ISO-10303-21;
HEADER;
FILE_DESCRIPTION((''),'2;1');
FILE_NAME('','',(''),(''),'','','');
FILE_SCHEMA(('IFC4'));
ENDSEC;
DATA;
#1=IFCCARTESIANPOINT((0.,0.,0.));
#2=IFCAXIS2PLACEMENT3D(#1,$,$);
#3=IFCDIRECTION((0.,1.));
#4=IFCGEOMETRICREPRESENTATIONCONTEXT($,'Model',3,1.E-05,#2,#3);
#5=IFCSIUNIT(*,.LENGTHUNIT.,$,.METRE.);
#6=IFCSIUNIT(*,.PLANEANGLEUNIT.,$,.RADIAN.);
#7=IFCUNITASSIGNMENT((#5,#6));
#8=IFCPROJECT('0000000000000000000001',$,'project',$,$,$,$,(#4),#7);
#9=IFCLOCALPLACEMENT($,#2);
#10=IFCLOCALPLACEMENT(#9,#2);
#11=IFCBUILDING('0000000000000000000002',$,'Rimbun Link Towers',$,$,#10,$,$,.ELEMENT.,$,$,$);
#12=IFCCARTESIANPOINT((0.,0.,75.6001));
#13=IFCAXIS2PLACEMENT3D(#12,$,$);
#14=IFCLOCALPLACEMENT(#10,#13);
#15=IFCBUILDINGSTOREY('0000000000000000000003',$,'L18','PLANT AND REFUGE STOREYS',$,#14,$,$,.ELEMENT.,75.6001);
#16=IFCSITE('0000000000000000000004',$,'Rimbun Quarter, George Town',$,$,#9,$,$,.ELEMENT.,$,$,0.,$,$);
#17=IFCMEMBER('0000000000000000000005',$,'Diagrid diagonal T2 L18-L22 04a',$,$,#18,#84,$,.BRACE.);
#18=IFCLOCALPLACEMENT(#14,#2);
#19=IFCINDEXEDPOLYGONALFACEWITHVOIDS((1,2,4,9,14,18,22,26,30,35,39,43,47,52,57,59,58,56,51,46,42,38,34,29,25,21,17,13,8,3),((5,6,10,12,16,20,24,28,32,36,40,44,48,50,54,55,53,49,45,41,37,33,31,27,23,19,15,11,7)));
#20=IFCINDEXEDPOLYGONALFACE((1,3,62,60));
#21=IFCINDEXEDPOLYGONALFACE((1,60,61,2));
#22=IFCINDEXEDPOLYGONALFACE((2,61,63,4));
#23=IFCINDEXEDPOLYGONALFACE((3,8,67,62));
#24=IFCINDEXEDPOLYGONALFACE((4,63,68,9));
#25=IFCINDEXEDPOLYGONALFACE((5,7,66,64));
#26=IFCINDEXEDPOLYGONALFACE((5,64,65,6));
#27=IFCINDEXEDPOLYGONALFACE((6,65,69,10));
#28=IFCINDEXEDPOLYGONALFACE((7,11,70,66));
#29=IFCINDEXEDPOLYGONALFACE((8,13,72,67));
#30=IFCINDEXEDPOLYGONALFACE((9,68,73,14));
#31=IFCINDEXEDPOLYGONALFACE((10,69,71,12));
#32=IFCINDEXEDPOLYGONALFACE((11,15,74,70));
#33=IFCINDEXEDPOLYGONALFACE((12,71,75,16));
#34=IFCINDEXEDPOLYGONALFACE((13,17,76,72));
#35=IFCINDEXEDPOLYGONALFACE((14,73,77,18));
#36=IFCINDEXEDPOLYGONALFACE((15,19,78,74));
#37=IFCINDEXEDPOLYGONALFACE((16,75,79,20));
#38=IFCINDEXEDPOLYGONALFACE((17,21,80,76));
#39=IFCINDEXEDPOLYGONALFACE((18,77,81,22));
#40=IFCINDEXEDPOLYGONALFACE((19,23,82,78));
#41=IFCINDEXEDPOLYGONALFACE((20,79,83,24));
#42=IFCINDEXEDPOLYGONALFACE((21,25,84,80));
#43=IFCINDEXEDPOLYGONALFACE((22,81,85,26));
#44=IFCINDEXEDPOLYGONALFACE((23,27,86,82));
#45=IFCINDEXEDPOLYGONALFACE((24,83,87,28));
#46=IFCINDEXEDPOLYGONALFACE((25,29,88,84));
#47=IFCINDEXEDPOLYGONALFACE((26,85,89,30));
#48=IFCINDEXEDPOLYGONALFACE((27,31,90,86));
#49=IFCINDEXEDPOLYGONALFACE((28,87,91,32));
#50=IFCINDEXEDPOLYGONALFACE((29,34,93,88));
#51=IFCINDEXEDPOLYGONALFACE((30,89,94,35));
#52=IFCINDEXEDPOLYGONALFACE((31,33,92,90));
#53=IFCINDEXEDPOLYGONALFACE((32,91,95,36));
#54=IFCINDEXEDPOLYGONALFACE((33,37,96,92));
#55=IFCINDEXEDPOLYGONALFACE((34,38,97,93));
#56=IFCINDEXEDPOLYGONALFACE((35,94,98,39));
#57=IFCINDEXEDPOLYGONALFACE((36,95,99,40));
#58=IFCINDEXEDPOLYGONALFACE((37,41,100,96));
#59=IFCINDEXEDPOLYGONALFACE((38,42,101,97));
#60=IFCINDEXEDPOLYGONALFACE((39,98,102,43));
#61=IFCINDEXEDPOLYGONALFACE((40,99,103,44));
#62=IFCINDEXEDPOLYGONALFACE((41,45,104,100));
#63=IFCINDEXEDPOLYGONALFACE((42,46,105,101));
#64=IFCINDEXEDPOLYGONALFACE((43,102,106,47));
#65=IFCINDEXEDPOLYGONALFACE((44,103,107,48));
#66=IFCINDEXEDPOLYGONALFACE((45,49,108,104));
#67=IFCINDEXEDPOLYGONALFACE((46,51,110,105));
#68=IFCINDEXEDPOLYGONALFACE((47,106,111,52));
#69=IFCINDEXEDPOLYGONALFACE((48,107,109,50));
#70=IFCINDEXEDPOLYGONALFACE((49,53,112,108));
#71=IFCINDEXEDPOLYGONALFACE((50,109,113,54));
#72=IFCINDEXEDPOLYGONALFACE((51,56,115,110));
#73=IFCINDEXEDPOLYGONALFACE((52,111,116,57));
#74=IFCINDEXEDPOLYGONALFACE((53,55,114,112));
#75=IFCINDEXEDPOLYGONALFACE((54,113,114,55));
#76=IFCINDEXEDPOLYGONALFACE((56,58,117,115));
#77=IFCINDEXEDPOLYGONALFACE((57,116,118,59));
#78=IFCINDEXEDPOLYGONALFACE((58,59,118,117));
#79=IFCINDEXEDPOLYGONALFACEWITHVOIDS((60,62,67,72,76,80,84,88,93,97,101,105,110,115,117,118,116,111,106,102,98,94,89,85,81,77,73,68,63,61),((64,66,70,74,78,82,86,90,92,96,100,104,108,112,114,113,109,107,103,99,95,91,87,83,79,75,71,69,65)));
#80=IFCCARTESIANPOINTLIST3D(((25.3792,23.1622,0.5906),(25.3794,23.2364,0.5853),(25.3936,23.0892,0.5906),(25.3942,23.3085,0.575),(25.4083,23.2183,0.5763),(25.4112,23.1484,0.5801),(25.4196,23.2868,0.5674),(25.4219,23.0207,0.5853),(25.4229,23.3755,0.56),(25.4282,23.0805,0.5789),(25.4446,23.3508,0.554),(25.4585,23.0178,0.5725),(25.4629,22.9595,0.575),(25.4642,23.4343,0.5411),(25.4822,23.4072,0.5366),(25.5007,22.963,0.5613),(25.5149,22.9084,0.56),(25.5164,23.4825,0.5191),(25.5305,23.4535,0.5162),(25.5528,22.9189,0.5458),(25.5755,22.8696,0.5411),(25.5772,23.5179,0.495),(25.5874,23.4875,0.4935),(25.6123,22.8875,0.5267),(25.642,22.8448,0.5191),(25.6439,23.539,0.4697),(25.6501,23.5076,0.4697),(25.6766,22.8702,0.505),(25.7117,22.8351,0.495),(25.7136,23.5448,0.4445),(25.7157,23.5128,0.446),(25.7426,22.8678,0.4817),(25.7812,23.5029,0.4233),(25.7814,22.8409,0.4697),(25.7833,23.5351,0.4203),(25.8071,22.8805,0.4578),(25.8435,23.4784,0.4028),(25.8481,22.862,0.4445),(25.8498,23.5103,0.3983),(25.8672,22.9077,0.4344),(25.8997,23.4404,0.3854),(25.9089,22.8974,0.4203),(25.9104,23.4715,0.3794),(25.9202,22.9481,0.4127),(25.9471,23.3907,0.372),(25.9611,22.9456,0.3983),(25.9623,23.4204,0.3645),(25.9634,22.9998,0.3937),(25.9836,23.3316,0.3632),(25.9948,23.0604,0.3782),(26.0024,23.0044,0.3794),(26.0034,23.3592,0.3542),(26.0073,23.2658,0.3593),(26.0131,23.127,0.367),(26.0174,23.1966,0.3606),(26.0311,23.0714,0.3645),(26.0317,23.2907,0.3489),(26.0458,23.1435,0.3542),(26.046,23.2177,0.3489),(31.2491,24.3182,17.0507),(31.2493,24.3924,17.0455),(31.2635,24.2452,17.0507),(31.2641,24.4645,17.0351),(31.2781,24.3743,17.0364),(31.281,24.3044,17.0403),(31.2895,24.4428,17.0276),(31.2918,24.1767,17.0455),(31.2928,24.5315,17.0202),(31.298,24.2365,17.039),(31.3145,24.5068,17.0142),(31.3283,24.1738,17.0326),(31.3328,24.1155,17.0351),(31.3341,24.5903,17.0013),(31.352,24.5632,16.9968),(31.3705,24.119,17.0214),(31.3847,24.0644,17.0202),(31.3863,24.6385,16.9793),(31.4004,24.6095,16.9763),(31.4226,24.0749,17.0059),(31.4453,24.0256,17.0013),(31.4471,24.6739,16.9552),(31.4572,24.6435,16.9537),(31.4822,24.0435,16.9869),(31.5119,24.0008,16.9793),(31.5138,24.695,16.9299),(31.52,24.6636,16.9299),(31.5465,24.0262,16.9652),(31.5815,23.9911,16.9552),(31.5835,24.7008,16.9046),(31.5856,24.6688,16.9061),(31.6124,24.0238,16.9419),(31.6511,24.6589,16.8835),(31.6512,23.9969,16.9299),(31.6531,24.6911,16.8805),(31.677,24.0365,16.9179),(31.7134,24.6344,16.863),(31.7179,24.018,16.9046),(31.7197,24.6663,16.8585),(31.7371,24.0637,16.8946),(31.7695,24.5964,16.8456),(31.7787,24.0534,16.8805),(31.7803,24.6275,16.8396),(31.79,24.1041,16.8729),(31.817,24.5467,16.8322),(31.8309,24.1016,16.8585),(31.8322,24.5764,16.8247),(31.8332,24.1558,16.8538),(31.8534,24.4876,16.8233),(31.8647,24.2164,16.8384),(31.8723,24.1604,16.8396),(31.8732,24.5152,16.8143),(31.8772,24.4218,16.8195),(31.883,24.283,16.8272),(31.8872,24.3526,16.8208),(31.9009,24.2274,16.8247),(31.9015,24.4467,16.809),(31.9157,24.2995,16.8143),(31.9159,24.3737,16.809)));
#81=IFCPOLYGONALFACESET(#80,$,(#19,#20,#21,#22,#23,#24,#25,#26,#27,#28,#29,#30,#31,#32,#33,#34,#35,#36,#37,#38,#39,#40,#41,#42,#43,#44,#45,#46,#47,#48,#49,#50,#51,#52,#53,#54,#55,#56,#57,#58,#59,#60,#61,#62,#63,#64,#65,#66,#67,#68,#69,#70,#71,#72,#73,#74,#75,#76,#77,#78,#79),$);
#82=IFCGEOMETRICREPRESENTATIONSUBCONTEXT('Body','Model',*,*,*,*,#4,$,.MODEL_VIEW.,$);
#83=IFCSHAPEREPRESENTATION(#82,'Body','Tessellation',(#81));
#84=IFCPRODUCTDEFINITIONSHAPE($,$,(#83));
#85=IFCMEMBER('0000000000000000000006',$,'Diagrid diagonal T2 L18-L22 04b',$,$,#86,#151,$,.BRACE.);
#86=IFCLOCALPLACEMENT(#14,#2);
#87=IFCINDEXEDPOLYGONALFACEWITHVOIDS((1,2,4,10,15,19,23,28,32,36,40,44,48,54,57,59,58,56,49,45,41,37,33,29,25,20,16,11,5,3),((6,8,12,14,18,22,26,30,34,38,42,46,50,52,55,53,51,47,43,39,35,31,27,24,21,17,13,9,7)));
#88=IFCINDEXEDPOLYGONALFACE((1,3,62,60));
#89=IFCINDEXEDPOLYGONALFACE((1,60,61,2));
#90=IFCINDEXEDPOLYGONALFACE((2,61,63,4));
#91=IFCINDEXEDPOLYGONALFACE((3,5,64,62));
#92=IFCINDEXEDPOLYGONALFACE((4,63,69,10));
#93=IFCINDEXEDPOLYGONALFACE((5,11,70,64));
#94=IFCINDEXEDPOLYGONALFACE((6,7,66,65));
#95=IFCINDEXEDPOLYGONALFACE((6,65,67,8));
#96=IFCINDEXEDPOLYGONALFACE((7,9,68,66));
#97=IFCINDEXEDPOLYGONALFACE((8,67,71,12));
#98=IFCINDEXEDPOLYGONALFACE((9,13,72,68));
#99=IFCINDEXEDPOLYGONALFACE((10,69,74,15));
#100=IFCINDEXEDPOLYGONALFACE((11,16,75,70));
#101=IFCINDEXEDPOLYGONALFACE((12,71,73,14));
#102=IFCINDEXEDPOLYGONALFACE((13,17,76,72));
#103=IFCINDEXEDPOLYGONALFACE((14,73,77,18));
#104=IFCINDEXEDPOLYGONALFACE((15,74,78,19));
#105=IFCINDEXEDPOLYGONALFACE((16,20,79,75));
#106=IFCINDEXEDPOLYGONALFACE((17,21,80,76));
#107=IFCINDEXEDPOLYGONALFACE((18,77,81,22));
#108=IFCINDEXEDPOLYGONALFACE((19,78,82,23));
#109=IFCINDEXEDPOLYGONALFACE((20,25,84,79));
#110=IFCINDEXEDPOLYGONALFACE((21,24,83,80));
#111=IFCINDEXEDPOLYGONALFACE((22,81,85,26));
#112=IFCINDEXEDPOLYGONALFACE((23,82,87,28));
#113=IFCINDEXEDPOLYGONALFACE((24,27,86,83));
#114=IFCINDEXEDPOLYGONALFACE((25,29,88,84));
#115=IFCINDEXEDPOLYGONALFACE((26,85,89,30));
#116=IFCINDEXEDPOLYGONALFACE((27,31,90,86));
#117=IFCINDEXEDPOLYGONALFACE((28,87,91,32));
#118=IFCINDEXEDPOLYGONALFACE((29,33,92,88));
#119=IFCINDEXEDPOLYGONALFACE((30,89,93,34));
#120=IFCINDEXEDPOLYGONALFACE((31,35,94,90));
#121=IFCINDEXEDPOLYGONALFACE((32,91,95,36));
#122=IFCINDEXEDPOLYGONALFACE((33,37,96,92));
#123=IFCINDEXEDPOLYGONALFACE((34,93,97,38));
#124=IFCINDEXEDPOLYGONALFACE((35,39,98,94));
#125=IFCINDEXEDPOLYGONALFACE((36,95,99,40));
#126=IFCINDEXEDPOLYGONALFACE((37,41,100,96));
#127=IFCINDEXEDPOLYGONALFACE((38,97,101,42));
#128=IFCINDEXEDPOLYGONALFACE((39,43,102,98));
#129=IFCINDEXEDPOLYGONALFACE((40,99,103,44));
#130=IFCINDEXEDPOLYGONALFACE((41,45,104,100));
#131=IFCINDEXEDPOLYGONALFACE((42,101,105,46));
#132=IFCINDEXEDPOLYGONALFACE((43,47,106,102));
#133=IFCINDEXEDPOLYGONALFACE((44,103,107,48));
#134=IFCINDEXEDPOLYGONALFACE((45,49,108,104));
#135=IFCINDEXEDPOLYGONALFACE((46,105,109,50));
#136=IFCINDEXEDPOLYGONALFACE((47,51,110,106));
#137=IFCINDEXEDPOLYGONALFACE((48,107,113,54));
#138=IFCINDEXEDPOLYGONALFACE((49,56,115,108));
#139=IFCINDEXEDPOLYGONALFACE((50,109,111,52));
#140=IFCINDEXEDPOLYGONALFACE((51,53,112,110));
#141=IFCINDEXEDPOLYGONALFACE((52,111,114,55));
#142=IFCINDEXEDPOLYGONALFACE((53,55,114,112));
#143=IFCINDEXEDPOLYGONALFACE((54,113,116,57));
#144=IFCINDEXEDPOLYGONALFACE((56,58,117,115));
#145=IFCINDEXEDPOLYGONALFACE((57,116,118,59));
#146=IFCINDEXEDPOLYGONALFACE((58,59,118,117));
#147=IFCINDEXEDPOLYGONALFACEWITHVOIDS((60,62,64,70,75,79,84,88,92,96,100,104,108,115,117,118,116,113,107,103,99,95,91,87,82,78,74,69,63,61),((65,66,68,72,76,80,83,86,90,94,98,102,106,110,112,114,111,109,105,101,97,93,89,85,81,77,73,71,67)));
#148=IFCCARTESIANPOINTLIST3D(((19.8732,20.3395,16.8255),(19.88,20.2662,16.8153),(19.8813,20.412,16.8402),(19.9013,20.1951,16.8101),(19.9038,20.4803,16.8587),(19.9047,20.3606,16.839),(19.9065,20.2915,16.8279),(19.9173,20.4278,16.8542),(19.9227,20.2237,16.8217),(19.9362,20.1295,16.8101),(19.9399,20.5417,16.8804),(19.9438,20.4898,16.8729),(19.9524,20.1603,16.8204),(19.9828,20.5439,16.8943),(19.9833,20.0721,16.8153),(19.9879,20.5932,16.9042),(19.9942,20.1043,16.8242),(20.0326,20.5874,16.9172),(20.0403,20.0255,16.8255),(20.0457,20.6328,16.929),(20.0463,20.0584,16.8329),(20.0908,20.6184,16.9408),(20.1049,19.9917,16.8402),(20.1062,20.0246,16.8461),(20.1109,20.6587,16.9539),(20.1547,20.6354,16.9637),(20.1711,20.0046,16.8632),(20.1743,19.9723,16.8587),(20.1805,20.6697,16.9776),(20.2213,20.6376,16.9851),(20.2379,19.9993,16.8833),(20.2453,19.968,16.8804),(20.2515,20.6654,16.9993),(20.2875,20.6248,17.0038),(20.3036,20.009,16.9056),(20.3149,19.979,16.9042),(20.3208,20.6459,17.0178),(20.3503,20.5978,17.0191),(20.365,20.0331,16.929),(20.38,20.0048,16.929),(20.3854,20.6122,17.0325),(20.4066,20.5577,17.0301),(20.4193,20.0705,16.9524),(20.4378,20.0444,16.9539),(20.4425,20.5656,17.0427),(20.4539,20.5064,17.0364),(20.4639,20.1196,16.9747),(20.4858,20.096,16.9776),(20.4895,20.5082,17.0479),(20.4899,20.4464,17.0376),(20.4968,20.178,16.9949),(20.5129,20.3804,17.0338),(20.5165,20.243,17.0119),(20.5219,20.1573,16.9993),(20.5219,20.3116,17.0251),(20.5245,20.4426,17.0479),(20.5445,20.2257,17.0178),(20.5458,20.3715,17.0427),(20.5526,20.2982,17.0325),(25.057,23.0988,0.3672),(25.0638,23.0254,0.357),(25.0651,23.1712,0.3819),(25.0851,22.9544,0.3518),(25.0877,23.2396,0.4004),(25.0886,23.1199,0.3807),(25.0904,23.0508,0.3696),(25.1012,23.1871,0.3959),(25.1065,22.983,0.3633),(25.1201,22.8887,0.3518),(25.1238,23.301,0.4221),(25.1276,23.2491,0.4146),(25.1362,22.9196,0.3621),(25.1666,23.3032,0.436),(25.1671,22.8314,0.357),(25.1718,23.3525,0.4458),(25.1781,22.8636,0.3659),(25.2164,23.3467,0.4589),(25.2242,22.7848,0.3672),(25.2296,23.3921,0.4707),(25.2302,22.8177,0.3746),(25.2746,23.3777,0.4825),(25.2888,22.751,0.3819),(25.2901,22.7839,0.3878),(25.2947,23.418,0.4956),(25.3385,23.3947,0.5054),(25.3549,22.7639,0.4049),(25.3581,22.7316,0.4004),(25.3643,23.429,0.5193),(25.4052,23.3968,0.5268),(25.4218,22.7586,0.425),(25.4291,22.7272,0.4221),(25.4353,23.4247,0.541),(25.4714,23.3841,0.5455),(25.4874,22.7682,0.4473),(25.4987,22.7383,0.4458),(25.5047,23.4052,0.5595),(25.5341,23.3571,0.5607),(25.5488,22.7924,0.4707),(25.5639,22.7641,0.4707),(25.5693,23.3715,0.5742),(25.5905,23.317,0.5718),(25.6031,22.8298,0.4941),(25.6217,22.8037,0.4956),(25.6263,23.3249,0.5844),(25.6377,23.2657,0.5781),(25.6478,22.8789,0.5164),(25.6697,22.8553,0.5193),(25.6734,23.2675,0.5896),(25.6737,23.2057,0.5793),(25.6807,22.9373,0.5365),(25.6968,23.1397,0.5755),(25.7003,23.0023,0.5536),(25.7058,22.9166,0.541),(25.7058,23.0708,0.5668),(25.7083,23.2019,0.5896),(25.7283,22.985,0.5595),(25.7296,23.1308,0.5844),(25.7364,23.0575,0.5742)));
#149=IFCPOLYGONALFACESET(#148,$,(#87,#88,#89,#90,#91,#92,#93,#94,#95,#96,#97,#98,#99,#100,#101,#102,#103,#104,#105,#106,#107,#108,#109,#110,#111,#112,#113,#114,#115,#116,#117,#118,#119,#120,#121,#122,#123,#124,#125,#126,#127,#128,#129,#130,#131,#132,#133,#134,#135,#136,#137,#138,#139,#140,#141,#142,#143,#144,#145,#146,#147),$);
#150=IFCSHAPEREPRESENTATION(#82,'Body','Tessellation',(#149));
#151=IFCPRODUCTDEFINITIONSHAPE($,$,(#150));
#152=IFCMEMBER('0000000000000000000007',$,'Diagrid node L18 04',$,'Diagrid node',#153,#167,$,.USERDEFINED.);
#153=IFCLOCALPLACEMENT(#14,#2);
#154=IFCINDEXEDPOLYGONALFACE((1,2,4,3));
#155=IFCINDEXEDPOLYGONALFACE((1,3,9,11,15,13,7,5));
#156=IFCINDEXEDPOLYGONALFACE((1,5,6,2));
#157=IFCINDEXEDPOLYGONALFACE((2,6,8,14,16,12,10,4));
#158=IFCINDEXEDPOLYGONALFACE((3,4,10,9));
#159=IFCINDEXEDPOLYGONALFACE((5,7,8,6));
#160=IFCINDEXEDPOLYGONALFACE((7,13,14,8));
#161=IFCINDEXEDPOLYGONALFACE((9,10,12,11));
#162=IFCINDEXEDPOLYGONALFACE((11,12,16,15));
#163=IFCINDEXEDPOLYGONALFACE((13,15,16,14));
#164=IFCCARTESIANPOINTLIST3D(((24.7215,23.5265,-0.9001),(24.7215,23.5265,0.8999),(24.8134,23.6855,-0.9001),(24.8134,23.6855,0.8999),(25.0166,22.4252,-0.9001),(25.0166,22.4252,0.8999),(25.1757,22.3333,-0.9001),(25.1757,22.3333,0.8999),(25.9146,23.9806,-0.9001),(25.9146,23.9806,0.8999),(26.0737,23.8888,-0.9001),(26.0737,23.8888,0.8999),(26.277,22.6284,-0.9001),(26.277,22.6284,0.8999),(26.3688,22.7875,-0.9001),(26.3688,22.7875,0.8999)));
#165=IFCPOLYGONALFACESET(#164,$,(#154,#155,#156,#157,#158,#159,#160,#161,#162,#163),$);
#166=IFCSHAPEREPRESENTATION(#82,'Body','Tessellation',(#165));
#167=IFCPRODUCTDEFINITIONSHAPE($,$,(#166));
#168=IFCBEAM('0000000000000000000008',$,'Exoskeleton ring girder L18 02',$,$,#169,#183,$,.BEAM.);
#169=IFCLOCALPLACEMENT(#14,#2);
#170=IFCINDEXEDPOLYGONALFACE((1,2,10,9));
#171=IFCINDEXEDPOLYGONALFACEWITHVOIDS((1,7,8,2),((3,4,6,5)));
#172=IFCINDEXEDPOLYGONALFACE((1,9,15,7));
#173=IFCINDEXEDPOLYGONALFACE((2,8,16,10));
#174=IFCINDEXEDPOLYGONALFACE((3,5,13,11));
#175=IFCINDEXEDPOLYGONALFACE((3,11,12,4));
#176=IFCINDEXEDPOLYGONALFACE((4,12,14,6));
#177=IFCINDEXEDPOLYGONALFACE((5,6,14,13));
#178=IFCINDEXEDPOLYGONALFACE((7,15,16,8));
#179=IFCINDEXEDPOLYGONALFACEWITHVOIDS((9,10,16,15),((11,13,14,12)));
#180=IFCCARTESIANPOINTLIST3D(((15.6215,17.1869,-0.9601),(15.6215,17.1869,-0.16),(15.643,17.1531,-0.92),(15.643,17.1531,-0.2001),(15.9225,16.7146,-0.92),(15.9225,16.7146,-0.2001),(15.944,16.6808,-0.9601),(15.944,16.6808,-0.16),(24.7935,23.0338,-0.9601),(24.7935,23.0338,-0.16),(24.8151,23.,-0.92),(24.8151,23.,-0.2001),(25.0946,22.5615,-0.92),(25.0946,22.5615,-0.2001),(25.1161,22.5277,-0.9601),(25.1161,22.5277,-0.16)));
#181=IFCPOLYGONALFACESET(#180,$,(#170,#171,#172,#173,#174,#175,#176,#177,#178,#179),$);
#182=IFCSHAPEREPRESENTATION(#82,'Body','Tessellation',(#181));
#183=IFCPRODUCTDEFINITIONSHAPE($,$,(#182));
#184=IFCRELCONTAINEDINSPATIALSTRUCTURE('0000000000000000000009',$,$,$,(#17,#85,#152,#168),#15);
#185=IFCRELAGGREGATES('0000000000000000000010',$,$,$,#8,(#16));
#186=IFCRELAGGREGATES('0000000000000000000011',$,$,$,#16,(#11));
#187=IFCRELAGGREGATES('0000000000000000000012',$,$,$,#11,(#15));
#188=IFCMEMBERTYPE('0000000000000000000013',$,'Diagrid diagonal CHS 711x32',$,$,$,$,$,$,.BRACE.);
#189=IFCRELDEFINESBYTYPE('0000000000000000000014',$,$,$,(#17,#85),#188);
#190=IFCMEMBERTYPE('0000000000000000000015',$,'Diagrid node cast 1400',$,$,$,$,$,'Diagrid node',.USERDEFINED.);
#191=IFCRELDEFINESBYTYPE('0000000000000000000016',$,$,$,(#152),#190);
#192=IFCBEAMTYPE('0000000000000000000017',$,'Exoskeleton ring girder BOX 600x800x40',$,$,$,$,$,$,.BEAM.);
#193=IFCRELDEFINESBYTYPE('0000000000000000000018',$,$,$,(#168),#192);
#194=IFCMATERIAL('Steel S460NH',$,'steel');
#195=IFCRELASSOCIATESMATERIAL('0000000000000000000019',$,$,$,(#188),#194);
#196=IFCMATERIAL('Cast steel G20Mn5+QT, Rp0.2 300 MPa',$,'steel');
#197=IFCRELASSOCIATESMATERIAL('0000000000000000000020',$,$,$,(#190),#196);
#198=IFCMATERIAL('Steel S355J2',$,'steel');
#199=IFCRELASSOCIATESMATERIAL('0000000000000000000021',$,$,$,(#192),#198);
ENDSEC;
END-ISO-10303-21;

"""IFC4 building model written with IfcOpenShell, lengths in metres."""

from ifc_helpers import new_model, si_unit, direction, frame, origin, origin_2d, place, context, subcontext, project, spatial, polyline, hollow_rectangle, hollow_circle, outline, extrude, material, material_profile, profile_set, type_object, element, save


model = new_model("IFC4")

# Units and contexts
model_context = context("Model", 3, precision=1e-05, world=origin(), true_north=direction((0.0, 1.0)))
body_context = subcontext(model_context, "Body", "Model", "MODEL_VIEW")
ifc_project = project(units=[si_unit("LENGTHUNIT", "METRE"), si_unit("PLANEANGLEUNIT", "RADIAN")], contexts=[model_context])

# Site, building, storey
site_placement = place(None, origin())
site = spatial("IfcSite", under=ifc_project, at=site_placement, Name="Rimbun Quarter, George Town", CompositionType="ELEMENT", RefElevation=0.0)
building_placement = place(site_placement, origin())
building = spatial("IfcBuilding", under=site, at=building_placement, Name="Rimbun Link Towers", CompositionType="ELEMENT")
storey_placement = place(building_placement, frame((0.0, 0.0, 75.6001)))
storey = spatial("IfcBuildingStorey", under=building, at=storey_placement, Name="L18", Description="PLANT AND REFUGE STOREYS", CompositionType="ELEMENT", Elevation=75.6001)

# Members
ifc_material_1 = material(Name="Steel S460NH", Category="steel")
ifc_material_profile_1 = material_profile(ifc_material_1, hollow_circle(Radius=0.3557, WallThickness=0.032, at=origin_2d()), Name="Diagrid diagonal CHS 711x32")
ifc_profile_set_1 = profile_set([ifc_material_profile_1], Name="Steel S460NH")
member_type_1 = type_object("IfcMemberType", Name="Diagrid diagonal CHS 711x32", PredefinedType="BRACE", material=ifc_profile_set_1)
member_1_placement = place(storey_placement, frame((25.7126, 23.1899, 0.4697), z_axis=(0.335159, 0.066006, 0.939847), x_axis=(-0.193227, 0.981154, 0.0)))
element("IfcMember", 1, at=member_1_placement, inside=storey, type_object=member_type_1, Name="Diagrid diagonal T2 L18-L22 04a", PredefinedType="BRACE", context=body_context, shape_type="SweptSolid", body=[
    extrude(hollow_circle(Radius=0.3557, WallThickness=0.032, at=origin_2d()), origin(), (0.0, 0.0, 1.0), 17.5137),
])
member_2_placement = place(storey_placement, frame((25.3967, 23.0781, 0.4707), z_axis=(-0.296651, -0.157903, 0.941841), x_axis=(0.469867, -0.882737, 0.0)))
element("IfcMember", 2, at=member_2_placement, inside=storey, type_object=member_type_1, Name="Diagrid diagonal T2 L18-L22 04b", PredefinedType="BRACE", context=body_context, shape_type="SweptSolid", body=[
    extrude(hollow_circle(Radius=0.3557, WallThickness=0.032, at=origin_2d()), origin(), (0.0, 0.0, 1.0), 17.4746),
])
ifc_material_2 = material(Name="Cast steel G20Mn5+QT, Rp0.2 300 MPa", Category="steel")
ifc_material_profile_2 = material_profile(ifc_material_2, outline(polyline([(0.7, -0.5701), (0.7, 0.5701), (0.5701, 0.7), (-0.5701, 0.7), (-0.7, 0.5701), (-0.7, -0.5701), (-0.5701, -0.7), (0.5701, -0.7), (0.7, -0.5701)])), Name="NODE 1400x1400")
ifc_profile_set_2 = profile_set([ifc_material_profile_2], Name="Cast steel G20Mn5+QT, Rp0.2 300 MPa")
member_type_2 = type_object("IfcMemberType", Name="Diagrid node cast 1400", ElementType="Diagrid node", PredefinedType="USERDEFINED", material=ifc_profile_set_2)
member_3_placement = place(storey_placement, frame((25.5452, 23.157, -0.9001), z_axis=(0.0, 0.0, 1.0), x_axis=(-0.258819, 0.965926, 0.0)))
element("IfcMember", 3, at=member_3_placement, inside=storey, type_object=member_type_2, Name="Diagrid node L18 04", ObjectType="Diagrid node", PredefinedType="USERDEFINED", context=body_context, shape_type="SweptSolid", body=[
    extrude(outline(polyline([(0.7, -0.5701), (0.7, 0.5701), (0.5701, 0.7), (-0.5701, 0.7), (-0.7, 0.5701), (-0.7, -0.5701), (-0.5701, -0.7), (0.5701, -0.7), (0.7, -0.5701)])), origin(), (0.0, 0.0, 1.0), 1.8),
])

# Beam
ifc_material_3 = material(Name="Steel S355J2", Category="steel")
ifc_material_profile_3 = material_profile(ifc_material_3, hollow_rectangle(XDim=0.6001, YDim=0.8, WallThickness=0.04, at=origin_2d()), Name="Exoskeleton ring girder BOX 600x800x40")
ifc_profile_set_3 = profile_set([ifc_material_profile_3], Name="Steel S355J2")
beam_type_1 = type_object("IfcBeamType", Name="Exoskeleton ring girder BOX 600x800x40", PredefinedType="BEAM", material=ifc_profile_set_3)
beam_1_placement = place(storey_placement, frame((24.9548, 22.7808, -0.5601), z_axis=(-0.84324, -0.537538, 0.0), x_axis=(0.537538, -0.84324, 0.0)))
element("IfcBeam", 4, at=beam_1_placement, inside=storey, type_object=beam_type_1, Name="Exoskeleton ring girder L18 02", PredefinedType="BEAM", context=body_context, shape_type="SweptSolid", body=[
    extrude(hollow_rectangle(XDim=0.6001, YDim=0.8, WallThickness=0.04, at=origin_2d()), origin(), (0.0, 0.0, 1.0), 10.8772),
])

save(model, "model.ifc")
